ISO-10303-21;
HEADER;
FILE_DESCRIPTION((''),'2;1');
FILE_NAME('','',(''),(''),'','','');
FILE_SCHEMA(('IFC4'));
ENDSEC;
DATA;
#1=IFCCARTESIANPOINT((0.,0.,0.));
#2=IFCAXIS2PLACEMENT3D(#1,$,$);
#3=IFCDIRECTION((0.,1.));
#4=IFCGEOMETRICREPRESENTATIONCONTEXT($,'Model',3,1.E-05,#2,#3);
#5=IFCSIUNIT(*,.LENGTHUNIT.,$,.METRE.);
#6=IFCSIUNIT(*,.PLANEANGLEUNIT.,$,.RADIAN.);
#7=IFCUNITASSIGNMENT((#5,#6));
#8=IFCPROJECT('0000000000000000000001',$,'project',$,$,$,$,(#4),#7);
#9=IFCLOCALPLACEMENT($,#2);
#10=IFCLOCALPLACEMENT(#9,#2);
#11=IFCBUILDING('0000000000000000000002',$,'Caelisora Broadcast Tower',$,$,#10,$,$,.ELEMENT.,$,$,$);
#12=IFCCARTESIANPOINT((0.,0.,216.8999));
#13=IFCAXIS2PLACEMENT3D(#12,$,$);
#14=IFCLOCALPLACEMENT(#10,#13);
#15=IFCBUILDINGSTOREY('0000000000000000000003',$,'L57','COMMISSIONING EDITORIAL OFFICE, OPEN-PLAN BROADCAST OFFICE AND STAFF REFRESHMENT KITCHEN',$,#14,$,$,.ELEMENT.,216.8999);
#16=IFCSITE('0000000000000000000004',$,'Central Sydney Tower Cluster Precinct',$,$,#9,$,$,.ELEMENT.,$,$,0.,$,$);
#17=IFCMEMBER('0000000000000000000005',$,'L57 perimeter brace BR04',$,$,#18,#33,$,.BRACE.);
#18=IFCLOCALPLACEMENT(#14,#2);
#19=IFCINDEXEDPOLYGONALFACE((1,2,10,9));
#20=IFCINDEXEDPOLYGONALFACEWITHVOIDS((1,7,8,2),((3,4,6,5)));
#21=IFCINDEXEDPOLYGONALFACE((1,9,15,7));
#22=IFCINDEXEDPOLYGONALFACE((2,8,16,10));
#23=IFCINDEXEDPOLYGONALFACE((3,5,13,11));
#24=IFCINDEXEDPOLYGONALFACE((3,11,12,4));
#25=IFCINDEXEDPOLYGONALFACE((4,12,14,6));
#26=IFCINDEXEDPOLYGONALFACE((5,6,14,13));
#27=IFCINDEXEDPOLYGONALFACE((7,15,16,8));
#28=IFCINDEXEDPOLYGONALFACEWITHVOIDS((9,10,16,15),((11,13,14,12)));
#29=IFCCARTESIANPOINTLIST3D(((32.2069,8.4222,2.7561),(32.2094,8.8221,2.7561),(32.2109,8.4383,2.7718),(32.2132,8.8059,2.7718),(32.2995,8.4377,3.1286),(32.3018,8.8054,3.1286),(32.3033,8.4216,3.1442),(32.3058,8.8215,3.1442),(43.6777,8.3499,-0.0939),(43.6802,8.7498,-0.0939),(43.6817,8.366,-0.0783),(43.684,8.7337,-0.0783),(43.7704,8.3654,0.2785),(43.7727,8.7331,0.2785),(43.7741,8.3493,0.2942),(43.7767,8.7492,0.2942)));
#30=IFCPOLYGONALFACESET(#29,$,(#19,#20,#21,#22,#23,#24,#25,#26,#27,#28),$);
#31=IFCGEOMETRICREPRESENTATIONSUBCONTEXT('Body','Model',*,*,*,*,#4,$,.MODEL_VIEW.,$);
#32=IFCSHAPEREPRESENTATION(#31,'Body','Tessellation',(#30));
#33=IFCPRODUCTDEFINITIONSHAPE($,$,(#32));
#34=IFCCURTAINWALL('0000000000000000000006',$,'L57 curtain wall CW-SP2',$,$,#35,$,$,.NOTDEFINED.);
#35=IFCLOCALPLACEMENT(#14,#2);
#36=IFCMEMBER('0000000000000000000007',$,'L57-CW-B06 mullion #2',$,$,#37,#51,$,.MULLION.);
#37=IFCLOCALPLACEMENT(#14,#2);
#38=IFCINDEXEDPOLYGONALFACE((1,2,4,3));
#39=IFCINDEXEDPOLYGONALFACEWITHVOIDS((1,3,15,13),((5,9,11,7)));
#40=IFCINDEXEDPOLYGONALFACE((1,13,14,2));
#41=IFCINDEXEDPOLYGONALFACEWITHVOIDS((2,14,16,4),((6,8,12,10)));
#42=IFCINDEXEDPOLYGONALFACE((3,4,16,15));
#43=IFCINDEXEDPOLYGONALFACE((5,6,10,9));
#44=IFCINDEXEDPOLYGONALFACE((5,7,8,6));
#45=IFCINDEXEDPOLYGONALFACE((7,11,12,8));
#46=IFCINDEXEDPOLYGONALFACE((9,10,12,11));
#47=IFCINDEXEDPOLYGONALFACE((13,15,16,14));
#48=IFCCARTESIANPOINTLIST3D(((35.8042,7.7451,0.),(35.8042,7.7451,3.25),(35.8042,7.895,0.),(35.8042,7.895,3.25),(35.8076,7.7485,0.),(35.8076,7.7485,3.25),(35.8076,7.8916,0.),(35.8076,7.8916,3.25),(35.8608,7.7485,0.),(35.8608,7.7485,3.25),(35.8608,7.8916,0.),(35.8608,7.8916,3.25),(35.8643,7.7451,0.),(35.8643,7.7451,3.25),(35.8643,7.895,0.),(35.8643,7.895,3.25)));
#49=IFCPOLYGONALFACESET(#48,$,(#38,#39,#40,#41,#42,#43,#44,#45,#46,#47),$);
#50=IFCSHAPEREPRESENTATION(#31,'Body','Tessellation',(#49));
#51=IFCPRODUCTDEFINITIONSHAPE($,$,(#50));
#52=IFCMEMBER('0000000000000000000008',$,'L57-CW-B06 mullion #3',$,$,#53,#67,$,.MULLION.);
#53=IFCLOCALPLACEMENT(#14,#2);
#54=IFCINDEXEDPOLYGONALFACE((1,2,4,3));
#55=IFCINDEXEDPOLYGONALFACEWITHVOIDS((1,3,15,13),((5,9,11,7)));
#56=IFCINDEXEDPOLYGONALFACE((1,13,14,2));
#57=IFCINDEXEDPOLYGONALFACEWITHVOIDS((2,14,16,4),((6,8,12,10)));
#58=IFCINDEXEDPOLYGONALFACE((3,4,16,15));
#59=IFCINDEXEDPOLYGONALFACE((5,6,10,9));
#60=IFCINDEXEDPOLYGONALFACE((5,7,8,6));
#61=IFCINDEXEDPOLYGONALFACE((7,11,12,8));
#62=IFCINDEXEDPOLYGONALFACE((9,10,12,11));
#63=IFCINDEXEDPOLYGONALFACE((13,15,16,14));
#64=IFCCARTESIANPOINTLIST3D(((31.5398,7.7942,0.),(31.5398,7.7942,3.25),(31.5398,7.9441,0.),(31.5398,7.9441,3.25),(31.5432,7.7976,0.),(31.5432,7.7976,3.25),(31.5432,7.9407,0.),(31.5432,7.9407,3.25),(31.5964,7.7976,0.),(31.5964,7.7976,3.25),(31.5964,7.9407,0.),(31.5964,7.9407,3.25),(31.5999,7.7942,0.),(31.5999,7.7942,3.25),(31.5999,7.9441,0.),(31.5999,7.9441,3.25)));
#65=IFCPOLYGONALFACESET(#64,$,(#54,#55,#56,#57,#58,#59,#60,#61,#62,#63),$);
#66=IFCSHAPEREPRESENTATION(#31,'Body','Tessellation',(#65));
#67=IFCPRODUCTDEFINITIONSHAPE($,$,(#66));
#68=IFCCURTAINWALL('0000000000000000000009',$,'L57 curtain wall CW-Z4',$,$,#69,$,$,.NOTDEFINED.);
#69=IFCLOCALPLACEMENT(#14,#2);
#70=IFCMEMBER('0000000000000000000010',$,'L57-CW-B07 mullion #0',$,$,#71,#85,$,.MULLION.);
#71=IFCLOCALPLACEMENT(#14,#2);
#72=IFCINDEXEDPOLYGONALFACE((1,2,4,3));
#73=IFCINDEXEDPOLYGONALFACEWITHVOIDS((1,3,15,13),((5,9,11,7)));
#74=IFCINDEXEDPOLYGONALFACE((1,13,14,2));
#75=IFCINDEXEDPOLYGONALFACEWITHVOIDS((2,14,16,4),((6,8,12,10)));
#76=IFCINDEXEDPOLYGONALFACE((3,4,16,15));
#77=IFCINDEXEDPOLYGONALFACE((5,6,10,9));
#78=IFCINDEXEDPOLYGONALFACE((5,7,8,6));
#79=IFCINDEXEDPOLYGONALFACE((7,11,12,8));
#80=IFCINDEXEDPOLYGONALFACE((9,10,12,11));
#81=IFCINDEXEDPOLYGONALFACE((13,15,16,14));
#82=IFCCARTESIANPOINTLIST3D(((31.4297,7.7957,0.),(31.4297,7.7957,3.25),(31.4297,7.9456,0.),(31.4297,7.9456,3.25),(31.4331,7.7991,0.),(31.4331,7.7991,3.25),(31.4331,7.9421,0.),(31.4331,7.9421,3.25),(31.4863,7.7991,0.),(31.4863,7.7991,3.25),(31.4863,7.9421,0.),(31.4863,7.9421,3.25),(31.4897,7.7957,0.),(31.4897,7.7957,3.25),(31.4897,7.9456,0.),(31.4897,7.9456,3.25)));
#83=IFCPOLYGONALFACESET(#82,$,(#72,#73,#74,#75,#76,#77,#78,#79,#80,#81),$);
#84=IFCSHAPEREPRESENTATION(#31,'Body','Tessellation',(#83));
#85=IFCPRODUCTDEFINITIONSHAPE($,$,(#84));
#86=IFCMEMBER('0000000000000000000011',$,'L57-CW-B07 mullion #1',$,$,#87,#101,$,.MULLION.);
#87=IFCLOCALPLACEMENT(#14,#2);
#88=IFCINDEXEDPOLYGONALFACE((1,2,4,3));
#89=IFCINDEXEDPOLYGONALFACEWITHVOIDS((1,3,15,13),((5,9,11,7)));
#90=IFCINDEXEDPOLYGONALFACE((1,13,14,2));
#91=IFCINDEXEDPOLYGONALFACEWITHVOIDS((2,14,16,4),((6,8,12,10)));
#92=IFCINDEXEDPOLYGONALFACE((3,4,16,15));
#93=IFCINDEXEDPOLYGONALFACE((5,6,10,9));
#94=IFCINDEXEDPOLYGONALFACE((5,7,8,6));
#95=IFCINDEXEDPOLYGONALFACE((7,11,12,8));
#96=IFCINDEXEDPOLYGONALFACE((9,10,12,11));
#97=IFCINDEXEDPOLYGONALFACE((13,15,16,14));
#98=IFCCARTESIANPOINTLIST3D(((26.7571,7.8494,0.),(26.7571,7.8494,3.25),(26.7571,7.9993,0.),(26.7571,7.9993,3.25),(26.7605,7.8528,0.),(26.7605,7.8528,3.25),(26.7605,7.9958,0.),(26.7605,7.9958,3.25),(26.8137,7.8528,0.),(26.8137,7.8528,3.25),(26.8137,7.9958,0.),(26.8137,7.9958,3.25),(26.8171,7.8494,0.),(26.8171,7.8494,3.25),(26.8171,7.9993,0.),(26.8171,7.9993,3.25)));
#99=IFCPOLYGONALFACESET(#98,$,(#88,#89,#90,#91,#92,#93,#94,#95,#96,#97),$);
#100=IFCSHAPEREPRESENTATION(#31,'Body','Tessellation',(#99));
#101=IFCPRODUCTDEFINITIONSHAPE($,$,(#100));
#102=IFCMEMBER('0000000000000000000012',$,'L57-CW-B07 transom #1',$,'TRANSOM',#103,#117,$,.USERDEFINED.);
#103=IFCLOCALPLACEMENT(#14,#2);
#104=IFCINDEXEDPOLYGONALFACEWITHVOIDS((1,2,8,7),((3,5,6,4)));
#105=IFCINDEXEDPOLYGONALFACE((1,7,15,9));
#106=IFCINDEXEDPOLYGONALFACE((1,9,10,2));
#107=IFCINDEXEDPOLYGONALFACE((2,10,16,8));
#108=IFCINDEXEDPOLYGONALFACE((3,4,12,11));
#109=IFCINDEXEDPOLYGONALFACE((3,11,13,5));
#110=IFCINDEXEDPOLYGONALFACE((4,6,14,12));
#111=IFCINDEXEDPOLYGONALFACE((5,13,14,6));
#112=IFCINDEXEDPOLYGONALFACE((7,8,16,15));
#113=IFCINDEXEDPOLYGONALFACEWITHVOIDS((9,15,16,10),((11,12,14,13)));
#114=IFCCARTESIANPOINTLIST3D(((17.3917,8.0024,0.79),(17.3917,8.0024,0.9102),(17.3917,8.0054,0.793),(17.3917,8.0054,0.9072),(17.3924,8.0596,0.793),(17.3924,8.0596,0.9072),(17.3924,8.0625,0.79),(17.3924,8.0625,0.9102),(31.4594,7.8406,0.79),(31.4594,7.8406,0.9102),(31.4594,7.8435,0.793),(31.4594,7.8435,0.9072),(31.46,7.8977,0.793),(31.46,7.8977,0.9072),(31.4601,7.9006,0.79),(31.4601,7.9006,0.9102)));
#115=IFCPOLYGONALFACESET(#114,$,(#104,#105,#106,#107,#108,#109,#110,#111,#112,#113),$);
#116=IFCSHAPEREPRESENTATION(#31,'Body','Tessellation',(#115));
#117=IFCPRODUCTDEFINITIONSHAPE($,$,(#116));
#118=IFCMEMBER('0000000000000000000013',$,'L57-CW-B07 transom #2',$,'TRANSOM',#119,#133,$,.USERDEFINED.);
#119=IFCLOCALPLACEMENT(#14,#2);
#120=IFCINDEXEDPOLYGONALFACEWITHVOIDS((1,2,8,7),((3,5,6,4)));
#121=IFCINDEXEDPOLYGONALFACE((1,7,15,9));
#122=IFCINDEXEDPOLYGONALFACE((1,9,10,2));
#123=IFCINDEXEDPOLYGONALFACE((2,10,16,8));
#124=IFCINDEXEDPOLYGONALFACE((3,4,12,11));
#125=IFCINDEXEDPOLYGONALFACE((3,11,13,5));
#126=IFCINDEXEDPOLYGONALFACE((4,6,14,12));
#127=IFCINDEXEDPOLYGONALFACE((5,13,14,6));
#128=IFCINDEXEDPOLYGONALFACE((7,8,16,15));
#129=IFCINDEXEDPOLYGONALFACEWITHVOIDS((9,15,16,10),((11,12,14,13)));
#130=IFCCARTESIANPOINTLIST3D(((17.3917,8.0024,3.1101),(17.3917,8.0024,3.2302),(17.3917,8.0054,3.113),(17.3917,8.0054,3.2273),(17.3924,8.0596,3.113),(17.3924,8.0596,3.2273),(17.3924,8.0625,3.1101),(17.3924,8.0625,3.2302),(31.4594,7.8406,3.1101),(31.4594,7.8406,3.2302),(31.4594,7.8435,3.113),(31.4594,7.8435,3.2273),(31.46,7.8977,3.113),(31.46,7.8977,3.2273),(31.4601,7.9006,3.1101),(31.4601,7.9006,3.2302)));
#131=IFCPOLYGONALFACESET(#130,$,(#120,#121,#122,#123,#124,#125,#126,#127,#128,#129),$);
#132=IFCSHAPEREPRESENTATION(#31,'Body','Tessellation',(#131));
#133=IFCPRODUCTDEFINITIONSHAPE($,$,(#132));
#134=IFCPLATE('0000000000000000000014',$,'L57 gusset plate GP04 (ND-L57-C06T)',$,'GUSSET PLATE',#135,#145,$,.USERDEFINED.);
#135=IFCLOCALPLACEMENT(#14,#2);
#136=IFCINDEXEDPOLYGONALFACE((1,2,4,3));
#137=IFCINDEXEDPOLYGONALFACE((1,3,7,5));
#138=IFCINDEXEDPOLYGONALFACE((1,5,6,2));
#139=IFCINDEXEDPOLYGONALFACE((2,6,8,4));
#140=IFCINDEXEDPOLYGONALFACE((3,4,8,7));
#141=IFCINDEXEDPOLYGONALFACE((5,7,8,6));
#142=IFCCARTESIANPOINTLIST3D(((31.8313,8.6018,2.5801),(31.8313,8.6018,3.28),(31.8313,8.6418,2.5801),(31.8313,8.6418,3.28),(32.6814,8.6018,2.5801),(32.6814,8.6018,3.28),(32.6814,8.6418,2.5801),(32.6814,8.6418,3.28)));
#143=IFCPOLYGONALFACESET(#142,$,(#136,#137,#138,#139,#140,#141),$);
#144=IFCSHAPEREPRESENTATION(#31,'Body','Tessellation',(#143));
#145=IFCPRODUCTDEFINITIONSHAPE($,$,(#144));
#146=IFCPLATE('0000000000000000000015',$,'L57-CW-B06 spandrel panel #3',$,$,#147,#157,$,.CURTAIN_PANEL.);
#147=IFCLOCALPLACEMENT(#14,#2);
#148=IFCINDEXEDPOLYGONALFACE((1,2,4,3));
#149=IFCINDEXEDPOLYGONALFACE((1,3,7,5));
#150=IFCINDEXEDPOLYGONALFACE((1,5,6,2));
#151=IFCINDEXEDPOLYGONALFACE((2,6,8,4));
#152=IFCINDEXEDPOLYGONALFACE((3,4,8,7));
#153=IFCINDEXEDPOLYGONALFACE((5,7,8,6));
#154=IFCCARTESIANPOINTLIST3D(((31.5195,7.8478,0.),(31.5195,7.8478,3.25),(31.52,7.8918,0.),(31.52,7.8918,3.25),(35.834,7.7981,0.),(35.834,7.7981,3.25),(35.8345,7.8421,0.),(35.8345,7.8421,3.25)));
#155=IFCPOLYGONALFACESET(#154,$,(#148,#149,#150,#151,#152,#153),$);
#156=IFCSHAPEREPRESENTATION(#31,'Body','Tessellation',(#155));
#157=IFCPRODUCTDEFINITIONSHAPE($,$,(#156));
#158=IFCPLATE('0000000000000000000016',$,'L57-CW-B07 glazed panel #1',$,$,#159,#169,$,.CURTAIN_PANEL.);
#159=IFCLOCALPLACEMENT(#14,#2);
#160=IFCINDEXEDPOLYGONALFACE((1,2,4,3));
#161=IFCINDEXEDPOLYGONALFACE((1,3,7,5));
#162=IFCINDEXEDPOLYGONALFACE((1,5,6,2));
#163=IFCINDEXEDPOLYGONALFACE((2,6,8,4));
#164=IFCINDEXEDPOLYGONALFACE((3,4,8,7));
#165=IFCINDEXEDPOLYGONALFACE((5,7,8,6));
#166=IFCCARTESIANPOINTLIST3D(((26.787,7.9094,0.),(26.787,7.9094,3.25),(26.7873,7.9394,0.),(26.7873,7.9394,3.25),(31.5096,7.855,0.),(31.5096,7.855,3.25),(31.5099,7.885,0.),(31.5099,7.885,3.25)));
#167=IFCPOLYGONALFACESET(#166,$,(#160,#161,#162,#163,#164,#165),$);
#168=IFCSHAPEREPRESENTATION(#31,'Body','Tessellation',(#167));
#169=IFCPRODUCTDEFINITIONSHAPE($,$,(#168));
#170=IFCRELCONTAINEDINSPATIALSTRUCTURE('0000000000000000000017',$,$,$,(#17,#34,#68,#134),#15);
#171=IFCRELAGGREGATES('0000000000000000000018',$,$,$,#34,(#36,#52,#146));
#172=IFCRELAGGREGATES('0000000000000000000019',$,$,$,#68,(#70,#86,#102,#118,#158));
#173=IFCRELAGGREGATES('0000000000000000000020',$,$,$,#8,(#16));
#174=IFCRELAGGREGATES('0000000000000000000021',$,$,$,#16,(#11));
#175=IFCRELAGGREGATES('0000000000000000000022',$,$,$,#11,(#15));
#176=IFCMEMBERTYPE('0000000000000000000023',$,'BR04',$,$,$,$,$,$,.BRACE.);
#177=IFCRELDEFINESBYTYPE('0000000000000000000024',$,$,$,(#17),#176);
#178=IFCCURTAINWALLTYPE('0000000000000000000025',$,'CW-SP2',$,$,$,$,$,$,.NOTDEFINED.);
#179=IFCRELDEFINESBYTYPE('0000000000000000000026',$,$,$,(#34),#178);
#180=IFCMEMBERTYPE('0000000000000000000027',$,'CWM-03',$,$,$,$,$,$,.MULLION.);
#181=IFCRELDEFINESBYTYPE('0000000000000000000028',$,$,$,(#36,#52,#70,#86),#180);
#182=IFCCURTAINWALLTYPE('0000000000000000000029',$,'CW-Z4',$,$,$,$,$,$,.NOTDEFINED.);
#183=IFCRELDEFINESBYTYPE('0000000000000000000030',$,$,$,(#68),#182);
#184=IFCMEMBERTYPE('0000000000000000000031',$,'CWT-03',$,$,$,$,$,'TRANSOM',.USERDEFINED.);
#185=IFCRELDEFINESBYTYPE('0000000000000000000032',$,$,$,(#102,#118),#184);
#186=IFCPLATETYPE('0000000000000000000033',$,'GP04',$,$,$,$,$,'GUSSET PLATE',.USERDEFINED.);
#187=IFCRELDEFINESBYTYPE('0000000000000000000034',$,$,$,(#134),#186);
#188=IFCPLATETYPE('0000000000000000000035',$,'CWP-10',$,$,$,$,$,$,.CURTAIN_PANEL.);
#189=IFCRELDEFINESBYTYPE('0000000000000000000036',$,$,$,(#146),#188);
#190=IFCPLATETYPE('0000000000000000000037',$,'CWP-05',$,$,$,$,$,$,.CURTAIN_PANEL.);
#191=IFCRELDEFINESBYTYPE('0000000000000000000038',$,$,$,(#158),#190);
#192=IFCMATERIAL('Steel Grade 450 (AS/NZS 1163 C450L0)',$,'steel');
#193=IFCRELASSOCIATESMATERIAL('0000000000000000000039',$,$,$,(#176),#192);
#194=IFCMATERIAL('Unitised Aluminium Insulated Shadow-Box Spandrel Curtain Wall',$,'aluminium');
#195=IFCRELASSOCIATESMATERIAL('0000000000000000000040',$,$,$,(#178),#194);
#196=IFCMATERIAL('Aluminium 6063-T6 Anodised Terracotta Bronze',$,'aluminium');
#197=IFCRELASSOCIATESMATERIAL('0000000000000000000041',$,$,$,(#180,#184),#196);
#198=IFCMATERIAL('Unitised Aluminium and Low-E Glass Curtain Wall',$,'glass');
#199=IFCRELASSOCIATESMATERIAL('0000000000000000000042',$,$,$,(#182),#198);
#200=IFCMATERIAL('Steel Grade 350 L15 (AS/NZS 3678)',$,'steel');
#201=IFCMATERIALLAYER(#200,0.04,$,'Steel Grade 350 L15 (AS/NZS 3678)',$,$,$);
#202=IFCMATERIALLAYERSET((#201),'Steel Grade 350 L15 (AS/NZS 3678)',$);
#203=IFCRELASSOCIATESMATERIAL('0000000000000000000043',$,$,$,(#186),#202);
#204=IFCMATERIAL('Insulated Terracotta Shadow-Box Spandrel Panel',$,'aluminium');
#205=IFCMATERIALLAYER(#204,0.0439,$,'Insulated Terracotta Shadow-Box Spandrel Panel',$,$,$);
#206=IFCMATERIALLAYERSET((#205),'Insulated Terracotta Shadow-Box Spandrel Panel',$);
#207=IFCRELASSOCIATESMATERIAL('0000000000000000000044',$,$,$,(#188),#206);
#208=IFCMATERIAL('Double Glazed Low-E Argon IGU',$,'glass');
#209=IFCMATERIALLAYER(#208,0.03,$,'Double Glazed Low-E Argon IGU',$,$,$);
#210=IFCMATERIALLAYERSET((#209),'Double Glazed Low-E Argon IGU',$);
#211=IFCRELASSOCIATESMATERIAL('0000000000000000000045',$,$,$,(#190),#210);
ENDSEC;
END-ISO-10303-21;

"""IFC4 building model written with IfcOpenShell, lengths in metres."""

from ifc_helpers import new_model, si_unit, direction, frame, origin, origin_2d, place, context, subcontext, project, spatial, rectangle, hollow_rectangle, extrude, source, transform, mapped, material, layer, layer_set, material_profile, profile_set, type_object, type_shapes, element, aggregate, save


model = new_model("IFC4")

# Units and contexts
model_context = context("Model", 3, precision=1e-05, world=origin(), true_north=direction((0.0, 1.0)))
body_context = subcontext(model_context, "Body", "Model", "MODEL_VIEW")
ifc_project = project(units=[si_unit("LENGTHUNIT", "METRE"), si_unit("PLANEANGLEUNIT", "RADIAN")], contexts=[model_context])

# Site, building, storey
site_placement = place(None, origin())
site = spatial("IfcSite", under=ifc_project, at=site_placement, Name="Central Sydney Tower Cluster Precinct", CompositionType="ELEMENT", RefElevation=0.0)
building_placement = place(site_placement, origin())
building = spatial("IfcBuilding", under=site, at=building_placement, Name="Caelisora Broadcast Tower", CompositionType="ELEMENT")
storey_placement = place(building_placement, frame((0.0, 0.0, 216.8999)))
storey = spatial("IfcBuildingStorey", under=building, at=storey_placement, Name="L57", Description="COMMISSIONING EDITORIAL OFFICE, OPEN-PLAN BROADCAST OFFICE AND STAFF REFRESHMENT KITCHEN", CompositionType="ELEMENT", Elevation=216.8999)

# Shared definitions
ifc_material_1 = material(Name="Steel Grade 350 L15 (AS/NZS 3678)", Category="steel")

# Member
ifc_material_2 = material(Name="Steel Grade 450 (AS/NZS 1163 C450L0)", Category="steel")
ifc_material_profile_1 = material_profile(ifc_material_2, hollow_rectangle(XDim=0.3999, YDim=0.3999, WallThickness=0.0161, at=origin_2d()), Name="Steel Grade 450 (AS/NZS 1163 C450L0)")
ifc_profile_set_1 = profile_set([ifc_material_profile_1], Name="Steel Grade 450 (AS/NZS 1163 C450L0)")
member_type_1 = type_object("IfcMemberType", Name="BR04", PredefinedType="BRACE", material=ifc_profile_set_1)
shared_shape_1 = source(origin(), body_context, "Body", "SweptSolid", [
    extrude(hollow_rectangle(XDim=0.3999, YDim=0.3999, WallThickness=0.0161, at=origin_2d()), origin(), (0.0, 0.0, 1.0), 11.8198),
])
type_shapes(member_type_1, [shared_shape_1])
member_1_placement = place(storey_placement, frame((32.2563, 8.6218, 2.9502), z_axis=(0.970474, -0.006114, -0.241126), x_axis=(0.0063, 0.99998, 0.0)))
element("IfcMember", 1, at=member_1_placement, inside=storey, type_object=member_type_1, Name="L57 perimeter brace BR04", PredefinedType="BRACE", context=body_context, shape_type="MappedRepresentation", body=[
    mapped(shared_shape_1, transform((0.0, 0.0, 0.0), scale=1.0)),
])

# Curtain walls, members
ifc_material_3 = material(Name="Unitised Aluminium Insulated Shadow-Box Spandrel Curtain Wall", Category="aluminium")
curtain_wall_type_1 = type_object("IfcCurtainWallType", Name="CW-SP2", PredefinedType="NOTDEFINED", material=ifc_material_3)
curtain_wall_1_placement = place(storey_placement, origin())
curtain_wall_1 = element("IfcCurtainWall", 2, at=curtain_wall_1_placement, inside=storey, type_object=curtain_wall_type_1, Name="L57 curtain wall CW-SP2", PredefinedType="NOTDEFINED")
ifc_material_4 = material(Name="Aluminium 6063-T6 Anodised Terracotta Bronze", Category="aluminium")
ifc_material_profile_2 = material_profile(ifc_material_4, hollow_rectangle(XDim=0.0601, YDim=0.1499, WallThickness=0.0034, at=origin_2d()), Name="Aluminium 6063-T6 Anodised Terracotta Bronze")
ifc_profile_set_2 = profile_set([ifc_material_profile_2], Name="Aluminium 6063-T6 Anodised Terracotta Bronze")
member_type_2 = type_object("IfcMemberType", Name="CWM-03", PredefinedType="MULLION", material=ifc_profile_set_2)
shared_shape_2 = source(origin(), body_context, "Body", "SweptSolid", [
    extrude(hollow_rectangle(XDim=0.0601, YDim=0.1499, WallThickness=0.0034, at=origin_2d()), origin(), (0.0, 0.0, 1.0), 3.25),
])
type_shapes(member_type_2, [shared_shape_2])
member_2_placement = place(storey_placement, frame((35.8342, 7.8201, 0.0), z_axis=(0.0, 0.0, 1.0), x_axis=(1.0, 0.0, 0.0)))
member_2 = element("IfcMember", 3, at=member_2_placement, type_object=member_type_2, Name="L57-CW-B06 mullion #2", PredefinedType="MULLION", context=body_context, shape_type="MappedRepresentation", body=[
    mapped(shared_shape_2, transform((0.0, 0.0, 0.0), scale=1.0)),
])
member_3_placement = place(storey_placement, frame((31.5698, 7.8691, 0.0), z_axis=(0.0, 0.0, 1.0), x_axis=(1.0, 0.0, 0.0)))
member_3 = element("IfcMember", 4, at=member_3_placement, type_object=member_type_2, Name="L57-CW-B06 mullion #3", PredefinedType="MULLION", context=body_context, shape_type="MappedRepresentation", body=[
    mapped(shared_shape_2, transform((0.0, 0.0, 0.0), scale=1.0)),
])
ifc_material_5 = material(Name="Unitised Aluminium and Low-E Glass Curtain Wall", Category="glass")
curtain_wall_type_2 = type_object("IfcCurtainWallType", Name="CW-Z4", PredefinedType="NOTDEFINED", material=ifc_material_5)
curtain_wall_2_placement = place(storey_placement, origin())
curtain_wall_2 = element("IfcCurtainWall", 5, at=curtain_wall_2_placement, inside=storey, type_object=curtain_wall_type_2, Name="L57 curtain wall CW-Z4", PredefinedType="NOTDEFINED")
member_4_placement = place(storey_placement, frame((31.4597, 7.8706, 0.0), z_axis=(0.0, 0.0, 1.0), x_axis=(1.0, 0.0, 0.0)))
member_4 = element("IfcMember", 6, at=member_4_placement, type_object=member_type_2, Name="L57-CW-B07 mullion #0", PredefinedType="MULLION", context=body_context, shape_type="MappedRepresentation", body=[
    mapped(shared_shape_2, transform((0.0, 0.0, 0.0), scale=1.0)),
])
member_5_placement = place(storey_placement, frame((26.7871, 7.9243, 0.0), z_axis=(0.0, 0.0, 1.0), x_axis=(1.0, 0.0, 0.0)))
member_5 = element("IfcMember", 7, at=member_5_placement, type_object=member_type_2, Name="L57-CW-B07 mullion #1", PredefinedType="MULLION", context=body_context, shape_type="MappedRepresentation", body=[
    mapped(shared_shape_2, transform((0.0, 0.0, 0.0), scale=1.0)),
])
ifc_material_profile_3 = material_profile(ifc_material_4, hollow_rectangle(XDim=0.0601, YDim=0.1201, WallThickness=0.0029, at=origin_2d()), Name="Aluminium 6063-T6 Anodised Terracotta Bronze")
ifc_profile_set_3 = profile_set([ifc_material_profile_3], Name="Aluminium 6063-T6 Anodised Terracotta Bronze")
member_type_3 = type_object("IfcMemberType", Name="CWT-03", ElementType="TRANSOM", PredefinedType="USERDEFINED", material=ifc_profile_set_3)
shared_shape_3 = source(origin(), body_context, "Body", "SweptSolid", [
    extrude(hollow_rectangle(XDim=0.0601, YDim=0.1201, WallThickness=0.0029, at=origin_2d()), origin(), (0.0, 0.0, 1.0), 14.0686),
])
type_shapes(member_type_3, [shared_shape_3])
member_6_placement = place(storey_placement, frame((31.4597, 7.8706, 0.8501), z_axis=(-0.999934, 0.011505, 0.0), x_axis=(-0.011505, -0.999934, 0.0)))
member_6 = element("IfcMember", 8, at=member_6_placement, type_object=member_type_3, Name="L57-CW-B07 transom #1", ObjectType="TRANSOM", PredefinedType="USERDEFINED", context=body_context, shape_type="MappedRepresentation", body=[
    mapped(shared_shape_3, transform((0.0, 0.0, 0.0), scale=1.0)),
])
member_7_placement = place(storey_placement, frame((31.4597, 7.8706, 3.1702), z_axis=(-0.999934, 0.011505, 0.0), x_axis=(-0.011505, -0.999934, 0.0)))
member_7 = element("IfcMember", 9, at=member_7_placement, type_object=member_type_3, Name="L57-CW-B07 transom #2", ObjectType="TRANSOM", PredefinedType="USERDEFINED", context=body_context, shape_type="MappedRepresentation", body=[
    mapped(shared_shape_3, transform((0.0, 0.0, 0.0), scale=1.0)),
])

# Plates
ifc_layer_1 = layer(ifc_material_1, 0.04, Name="Steel Grade 350 L15 (AS/NZS 3678)")
ifc_layer_set_1 = layer_set([ifc_layer_1], Name="Steel Grade 350 L15 (AS/NZS 3678)")
plate_type_1 = type_object("IfcPlateType", Name="GP04", ElementType="GUSSET PLATE", PredefinedType="USERDEFINED", material=ifc_layer_set_1)
shared_shape_4 = source(origin(), body_context, "Body", "SweptSolid", [
    extrude(rectangle(XDim=0.8501, YDim=0.04, at=origin_2d()), origin(), (0.0, 0.0, 1.0), 0.7),
])
type_shapes(plate_type_1, [shared_shape_4])
plate_1_placement = place(storey_placement, frame((32.2563, 8.6218, 2.5801), z_axis=(0.0, 0.0, 1.0), x_axis=(1.0, 0.0, 0.0)))
element("IfcPlate", 10, at=plate_1_placement, inside=storey, type_object=plate_type_1, Name="L57 gusset plate GP04 (ND-L57-C06T)", ObjectType="GUSSET PLATE", PredefinedType="USERDEFINED", context=body_context, shape_type="MappedRepresentation", body=[
    mapped(shared_shape_4, transform((0.0, 0.0, 0.0), scale=1.0)),
])
ifc_material_6 = material(Name="Insulated Terracotta Shadow-Box Spandrel Panel", Category="aluminium")
ifc_layer_2 = layer(ifc_material_6, 0.0439, Name="Insulated Terracotta Shadow-Box Spandrel Panel")
ifc_layer_set_2 = layer_set([ifc_layer_2], Name="Insulated Terracotta Shadow-Box Spandrel Panel")
plate_type_2 = type_object("IfcPlateType", Name="CWP-10", PredefinedType="CURTAIN_PANEL", material=ifc_layer_set_2)
shared_shape_5 = source(origin(), body_context, "Body", "SweptSolid", [
    extrude(rectangle(XDim=4.3147, YDim=0.0439, at=origin_2d()), origin(), (0.0, 0.0, 1.0), 3.25),
])
type_shapes(plate_type_2, [shared_shape_5])
plate_2_placement = place(storey_placement, frame((33.677, 7.845, 0.0), z_axis=(0.0, 0.0, 1.0), x_axis=(-0.999934, 0.011519, 0.0)))
plate_2 = element("IfcPlate", 11, at=plate_2_placement, type_object=plate_type_2, Name="L57-CW-B06 spandrel panel #3", PredefinedType="CURTAIN_PANEL", context=body_context, shape_type="MappedRepresentation", body=[
    mapped(shared_shape_5, transform((0.0, 0.0, 0.0), scale=1.0)),
])
aggregate(curtain_wall_1, [member_2, member_3, plate_2])
ifc_material_7 = material(Name="Double Glazed Low-E Argon IGU", Category="glass")
ifc_layer_3 = layer(ifc_material_7, 0.03, Name="Double Glazed Low-E Argon IGU")
ifc_layer_set_3 = layer_set([ifc_layer_3], Name="Double Glazed Low-E Argon IGU")
plate_type_3 = type_object("IfcPlateType", Name="CWP-05", PredefinedType="CURTAIN_PANEL", material=ifc_layer_set_3)
shared_shape_6 = source(origin(), body_context, "Body", "SweptSolid", [
    extrude(rectangle(XDim=4.7229, YDim=0.03, at=origin_2d()), origin(), (0.0, 0.0, 1.0), 3.25),
])
type_shapes(plate_type_3, [shared_shape_6])
plate_3_placement = place(storey_placement, frame((29.1484, 7.8972, 0.0), z_axis=(0.0, 0.0, 1.0), x_axis=(-0.999934, 0.011519, 0.0)))
plate_3 = element("IfcPlate", 12, at=plate_3_placement, type_object=plate_type_3, Name="L57-CW-B07 glazed panel #1", PredefinedType="CURTAIN_PANEL", context=body_context, shape_type="MappedRepresentation", body=[
    mapped(shared_shape_6, transform((0.0, 0.0, 0.0), scale=1.0)),
])
aggregate(curtain_wall_2, [member_4, member_5, member_6, member_7, plate_3])

save(model, "model.ifc")
